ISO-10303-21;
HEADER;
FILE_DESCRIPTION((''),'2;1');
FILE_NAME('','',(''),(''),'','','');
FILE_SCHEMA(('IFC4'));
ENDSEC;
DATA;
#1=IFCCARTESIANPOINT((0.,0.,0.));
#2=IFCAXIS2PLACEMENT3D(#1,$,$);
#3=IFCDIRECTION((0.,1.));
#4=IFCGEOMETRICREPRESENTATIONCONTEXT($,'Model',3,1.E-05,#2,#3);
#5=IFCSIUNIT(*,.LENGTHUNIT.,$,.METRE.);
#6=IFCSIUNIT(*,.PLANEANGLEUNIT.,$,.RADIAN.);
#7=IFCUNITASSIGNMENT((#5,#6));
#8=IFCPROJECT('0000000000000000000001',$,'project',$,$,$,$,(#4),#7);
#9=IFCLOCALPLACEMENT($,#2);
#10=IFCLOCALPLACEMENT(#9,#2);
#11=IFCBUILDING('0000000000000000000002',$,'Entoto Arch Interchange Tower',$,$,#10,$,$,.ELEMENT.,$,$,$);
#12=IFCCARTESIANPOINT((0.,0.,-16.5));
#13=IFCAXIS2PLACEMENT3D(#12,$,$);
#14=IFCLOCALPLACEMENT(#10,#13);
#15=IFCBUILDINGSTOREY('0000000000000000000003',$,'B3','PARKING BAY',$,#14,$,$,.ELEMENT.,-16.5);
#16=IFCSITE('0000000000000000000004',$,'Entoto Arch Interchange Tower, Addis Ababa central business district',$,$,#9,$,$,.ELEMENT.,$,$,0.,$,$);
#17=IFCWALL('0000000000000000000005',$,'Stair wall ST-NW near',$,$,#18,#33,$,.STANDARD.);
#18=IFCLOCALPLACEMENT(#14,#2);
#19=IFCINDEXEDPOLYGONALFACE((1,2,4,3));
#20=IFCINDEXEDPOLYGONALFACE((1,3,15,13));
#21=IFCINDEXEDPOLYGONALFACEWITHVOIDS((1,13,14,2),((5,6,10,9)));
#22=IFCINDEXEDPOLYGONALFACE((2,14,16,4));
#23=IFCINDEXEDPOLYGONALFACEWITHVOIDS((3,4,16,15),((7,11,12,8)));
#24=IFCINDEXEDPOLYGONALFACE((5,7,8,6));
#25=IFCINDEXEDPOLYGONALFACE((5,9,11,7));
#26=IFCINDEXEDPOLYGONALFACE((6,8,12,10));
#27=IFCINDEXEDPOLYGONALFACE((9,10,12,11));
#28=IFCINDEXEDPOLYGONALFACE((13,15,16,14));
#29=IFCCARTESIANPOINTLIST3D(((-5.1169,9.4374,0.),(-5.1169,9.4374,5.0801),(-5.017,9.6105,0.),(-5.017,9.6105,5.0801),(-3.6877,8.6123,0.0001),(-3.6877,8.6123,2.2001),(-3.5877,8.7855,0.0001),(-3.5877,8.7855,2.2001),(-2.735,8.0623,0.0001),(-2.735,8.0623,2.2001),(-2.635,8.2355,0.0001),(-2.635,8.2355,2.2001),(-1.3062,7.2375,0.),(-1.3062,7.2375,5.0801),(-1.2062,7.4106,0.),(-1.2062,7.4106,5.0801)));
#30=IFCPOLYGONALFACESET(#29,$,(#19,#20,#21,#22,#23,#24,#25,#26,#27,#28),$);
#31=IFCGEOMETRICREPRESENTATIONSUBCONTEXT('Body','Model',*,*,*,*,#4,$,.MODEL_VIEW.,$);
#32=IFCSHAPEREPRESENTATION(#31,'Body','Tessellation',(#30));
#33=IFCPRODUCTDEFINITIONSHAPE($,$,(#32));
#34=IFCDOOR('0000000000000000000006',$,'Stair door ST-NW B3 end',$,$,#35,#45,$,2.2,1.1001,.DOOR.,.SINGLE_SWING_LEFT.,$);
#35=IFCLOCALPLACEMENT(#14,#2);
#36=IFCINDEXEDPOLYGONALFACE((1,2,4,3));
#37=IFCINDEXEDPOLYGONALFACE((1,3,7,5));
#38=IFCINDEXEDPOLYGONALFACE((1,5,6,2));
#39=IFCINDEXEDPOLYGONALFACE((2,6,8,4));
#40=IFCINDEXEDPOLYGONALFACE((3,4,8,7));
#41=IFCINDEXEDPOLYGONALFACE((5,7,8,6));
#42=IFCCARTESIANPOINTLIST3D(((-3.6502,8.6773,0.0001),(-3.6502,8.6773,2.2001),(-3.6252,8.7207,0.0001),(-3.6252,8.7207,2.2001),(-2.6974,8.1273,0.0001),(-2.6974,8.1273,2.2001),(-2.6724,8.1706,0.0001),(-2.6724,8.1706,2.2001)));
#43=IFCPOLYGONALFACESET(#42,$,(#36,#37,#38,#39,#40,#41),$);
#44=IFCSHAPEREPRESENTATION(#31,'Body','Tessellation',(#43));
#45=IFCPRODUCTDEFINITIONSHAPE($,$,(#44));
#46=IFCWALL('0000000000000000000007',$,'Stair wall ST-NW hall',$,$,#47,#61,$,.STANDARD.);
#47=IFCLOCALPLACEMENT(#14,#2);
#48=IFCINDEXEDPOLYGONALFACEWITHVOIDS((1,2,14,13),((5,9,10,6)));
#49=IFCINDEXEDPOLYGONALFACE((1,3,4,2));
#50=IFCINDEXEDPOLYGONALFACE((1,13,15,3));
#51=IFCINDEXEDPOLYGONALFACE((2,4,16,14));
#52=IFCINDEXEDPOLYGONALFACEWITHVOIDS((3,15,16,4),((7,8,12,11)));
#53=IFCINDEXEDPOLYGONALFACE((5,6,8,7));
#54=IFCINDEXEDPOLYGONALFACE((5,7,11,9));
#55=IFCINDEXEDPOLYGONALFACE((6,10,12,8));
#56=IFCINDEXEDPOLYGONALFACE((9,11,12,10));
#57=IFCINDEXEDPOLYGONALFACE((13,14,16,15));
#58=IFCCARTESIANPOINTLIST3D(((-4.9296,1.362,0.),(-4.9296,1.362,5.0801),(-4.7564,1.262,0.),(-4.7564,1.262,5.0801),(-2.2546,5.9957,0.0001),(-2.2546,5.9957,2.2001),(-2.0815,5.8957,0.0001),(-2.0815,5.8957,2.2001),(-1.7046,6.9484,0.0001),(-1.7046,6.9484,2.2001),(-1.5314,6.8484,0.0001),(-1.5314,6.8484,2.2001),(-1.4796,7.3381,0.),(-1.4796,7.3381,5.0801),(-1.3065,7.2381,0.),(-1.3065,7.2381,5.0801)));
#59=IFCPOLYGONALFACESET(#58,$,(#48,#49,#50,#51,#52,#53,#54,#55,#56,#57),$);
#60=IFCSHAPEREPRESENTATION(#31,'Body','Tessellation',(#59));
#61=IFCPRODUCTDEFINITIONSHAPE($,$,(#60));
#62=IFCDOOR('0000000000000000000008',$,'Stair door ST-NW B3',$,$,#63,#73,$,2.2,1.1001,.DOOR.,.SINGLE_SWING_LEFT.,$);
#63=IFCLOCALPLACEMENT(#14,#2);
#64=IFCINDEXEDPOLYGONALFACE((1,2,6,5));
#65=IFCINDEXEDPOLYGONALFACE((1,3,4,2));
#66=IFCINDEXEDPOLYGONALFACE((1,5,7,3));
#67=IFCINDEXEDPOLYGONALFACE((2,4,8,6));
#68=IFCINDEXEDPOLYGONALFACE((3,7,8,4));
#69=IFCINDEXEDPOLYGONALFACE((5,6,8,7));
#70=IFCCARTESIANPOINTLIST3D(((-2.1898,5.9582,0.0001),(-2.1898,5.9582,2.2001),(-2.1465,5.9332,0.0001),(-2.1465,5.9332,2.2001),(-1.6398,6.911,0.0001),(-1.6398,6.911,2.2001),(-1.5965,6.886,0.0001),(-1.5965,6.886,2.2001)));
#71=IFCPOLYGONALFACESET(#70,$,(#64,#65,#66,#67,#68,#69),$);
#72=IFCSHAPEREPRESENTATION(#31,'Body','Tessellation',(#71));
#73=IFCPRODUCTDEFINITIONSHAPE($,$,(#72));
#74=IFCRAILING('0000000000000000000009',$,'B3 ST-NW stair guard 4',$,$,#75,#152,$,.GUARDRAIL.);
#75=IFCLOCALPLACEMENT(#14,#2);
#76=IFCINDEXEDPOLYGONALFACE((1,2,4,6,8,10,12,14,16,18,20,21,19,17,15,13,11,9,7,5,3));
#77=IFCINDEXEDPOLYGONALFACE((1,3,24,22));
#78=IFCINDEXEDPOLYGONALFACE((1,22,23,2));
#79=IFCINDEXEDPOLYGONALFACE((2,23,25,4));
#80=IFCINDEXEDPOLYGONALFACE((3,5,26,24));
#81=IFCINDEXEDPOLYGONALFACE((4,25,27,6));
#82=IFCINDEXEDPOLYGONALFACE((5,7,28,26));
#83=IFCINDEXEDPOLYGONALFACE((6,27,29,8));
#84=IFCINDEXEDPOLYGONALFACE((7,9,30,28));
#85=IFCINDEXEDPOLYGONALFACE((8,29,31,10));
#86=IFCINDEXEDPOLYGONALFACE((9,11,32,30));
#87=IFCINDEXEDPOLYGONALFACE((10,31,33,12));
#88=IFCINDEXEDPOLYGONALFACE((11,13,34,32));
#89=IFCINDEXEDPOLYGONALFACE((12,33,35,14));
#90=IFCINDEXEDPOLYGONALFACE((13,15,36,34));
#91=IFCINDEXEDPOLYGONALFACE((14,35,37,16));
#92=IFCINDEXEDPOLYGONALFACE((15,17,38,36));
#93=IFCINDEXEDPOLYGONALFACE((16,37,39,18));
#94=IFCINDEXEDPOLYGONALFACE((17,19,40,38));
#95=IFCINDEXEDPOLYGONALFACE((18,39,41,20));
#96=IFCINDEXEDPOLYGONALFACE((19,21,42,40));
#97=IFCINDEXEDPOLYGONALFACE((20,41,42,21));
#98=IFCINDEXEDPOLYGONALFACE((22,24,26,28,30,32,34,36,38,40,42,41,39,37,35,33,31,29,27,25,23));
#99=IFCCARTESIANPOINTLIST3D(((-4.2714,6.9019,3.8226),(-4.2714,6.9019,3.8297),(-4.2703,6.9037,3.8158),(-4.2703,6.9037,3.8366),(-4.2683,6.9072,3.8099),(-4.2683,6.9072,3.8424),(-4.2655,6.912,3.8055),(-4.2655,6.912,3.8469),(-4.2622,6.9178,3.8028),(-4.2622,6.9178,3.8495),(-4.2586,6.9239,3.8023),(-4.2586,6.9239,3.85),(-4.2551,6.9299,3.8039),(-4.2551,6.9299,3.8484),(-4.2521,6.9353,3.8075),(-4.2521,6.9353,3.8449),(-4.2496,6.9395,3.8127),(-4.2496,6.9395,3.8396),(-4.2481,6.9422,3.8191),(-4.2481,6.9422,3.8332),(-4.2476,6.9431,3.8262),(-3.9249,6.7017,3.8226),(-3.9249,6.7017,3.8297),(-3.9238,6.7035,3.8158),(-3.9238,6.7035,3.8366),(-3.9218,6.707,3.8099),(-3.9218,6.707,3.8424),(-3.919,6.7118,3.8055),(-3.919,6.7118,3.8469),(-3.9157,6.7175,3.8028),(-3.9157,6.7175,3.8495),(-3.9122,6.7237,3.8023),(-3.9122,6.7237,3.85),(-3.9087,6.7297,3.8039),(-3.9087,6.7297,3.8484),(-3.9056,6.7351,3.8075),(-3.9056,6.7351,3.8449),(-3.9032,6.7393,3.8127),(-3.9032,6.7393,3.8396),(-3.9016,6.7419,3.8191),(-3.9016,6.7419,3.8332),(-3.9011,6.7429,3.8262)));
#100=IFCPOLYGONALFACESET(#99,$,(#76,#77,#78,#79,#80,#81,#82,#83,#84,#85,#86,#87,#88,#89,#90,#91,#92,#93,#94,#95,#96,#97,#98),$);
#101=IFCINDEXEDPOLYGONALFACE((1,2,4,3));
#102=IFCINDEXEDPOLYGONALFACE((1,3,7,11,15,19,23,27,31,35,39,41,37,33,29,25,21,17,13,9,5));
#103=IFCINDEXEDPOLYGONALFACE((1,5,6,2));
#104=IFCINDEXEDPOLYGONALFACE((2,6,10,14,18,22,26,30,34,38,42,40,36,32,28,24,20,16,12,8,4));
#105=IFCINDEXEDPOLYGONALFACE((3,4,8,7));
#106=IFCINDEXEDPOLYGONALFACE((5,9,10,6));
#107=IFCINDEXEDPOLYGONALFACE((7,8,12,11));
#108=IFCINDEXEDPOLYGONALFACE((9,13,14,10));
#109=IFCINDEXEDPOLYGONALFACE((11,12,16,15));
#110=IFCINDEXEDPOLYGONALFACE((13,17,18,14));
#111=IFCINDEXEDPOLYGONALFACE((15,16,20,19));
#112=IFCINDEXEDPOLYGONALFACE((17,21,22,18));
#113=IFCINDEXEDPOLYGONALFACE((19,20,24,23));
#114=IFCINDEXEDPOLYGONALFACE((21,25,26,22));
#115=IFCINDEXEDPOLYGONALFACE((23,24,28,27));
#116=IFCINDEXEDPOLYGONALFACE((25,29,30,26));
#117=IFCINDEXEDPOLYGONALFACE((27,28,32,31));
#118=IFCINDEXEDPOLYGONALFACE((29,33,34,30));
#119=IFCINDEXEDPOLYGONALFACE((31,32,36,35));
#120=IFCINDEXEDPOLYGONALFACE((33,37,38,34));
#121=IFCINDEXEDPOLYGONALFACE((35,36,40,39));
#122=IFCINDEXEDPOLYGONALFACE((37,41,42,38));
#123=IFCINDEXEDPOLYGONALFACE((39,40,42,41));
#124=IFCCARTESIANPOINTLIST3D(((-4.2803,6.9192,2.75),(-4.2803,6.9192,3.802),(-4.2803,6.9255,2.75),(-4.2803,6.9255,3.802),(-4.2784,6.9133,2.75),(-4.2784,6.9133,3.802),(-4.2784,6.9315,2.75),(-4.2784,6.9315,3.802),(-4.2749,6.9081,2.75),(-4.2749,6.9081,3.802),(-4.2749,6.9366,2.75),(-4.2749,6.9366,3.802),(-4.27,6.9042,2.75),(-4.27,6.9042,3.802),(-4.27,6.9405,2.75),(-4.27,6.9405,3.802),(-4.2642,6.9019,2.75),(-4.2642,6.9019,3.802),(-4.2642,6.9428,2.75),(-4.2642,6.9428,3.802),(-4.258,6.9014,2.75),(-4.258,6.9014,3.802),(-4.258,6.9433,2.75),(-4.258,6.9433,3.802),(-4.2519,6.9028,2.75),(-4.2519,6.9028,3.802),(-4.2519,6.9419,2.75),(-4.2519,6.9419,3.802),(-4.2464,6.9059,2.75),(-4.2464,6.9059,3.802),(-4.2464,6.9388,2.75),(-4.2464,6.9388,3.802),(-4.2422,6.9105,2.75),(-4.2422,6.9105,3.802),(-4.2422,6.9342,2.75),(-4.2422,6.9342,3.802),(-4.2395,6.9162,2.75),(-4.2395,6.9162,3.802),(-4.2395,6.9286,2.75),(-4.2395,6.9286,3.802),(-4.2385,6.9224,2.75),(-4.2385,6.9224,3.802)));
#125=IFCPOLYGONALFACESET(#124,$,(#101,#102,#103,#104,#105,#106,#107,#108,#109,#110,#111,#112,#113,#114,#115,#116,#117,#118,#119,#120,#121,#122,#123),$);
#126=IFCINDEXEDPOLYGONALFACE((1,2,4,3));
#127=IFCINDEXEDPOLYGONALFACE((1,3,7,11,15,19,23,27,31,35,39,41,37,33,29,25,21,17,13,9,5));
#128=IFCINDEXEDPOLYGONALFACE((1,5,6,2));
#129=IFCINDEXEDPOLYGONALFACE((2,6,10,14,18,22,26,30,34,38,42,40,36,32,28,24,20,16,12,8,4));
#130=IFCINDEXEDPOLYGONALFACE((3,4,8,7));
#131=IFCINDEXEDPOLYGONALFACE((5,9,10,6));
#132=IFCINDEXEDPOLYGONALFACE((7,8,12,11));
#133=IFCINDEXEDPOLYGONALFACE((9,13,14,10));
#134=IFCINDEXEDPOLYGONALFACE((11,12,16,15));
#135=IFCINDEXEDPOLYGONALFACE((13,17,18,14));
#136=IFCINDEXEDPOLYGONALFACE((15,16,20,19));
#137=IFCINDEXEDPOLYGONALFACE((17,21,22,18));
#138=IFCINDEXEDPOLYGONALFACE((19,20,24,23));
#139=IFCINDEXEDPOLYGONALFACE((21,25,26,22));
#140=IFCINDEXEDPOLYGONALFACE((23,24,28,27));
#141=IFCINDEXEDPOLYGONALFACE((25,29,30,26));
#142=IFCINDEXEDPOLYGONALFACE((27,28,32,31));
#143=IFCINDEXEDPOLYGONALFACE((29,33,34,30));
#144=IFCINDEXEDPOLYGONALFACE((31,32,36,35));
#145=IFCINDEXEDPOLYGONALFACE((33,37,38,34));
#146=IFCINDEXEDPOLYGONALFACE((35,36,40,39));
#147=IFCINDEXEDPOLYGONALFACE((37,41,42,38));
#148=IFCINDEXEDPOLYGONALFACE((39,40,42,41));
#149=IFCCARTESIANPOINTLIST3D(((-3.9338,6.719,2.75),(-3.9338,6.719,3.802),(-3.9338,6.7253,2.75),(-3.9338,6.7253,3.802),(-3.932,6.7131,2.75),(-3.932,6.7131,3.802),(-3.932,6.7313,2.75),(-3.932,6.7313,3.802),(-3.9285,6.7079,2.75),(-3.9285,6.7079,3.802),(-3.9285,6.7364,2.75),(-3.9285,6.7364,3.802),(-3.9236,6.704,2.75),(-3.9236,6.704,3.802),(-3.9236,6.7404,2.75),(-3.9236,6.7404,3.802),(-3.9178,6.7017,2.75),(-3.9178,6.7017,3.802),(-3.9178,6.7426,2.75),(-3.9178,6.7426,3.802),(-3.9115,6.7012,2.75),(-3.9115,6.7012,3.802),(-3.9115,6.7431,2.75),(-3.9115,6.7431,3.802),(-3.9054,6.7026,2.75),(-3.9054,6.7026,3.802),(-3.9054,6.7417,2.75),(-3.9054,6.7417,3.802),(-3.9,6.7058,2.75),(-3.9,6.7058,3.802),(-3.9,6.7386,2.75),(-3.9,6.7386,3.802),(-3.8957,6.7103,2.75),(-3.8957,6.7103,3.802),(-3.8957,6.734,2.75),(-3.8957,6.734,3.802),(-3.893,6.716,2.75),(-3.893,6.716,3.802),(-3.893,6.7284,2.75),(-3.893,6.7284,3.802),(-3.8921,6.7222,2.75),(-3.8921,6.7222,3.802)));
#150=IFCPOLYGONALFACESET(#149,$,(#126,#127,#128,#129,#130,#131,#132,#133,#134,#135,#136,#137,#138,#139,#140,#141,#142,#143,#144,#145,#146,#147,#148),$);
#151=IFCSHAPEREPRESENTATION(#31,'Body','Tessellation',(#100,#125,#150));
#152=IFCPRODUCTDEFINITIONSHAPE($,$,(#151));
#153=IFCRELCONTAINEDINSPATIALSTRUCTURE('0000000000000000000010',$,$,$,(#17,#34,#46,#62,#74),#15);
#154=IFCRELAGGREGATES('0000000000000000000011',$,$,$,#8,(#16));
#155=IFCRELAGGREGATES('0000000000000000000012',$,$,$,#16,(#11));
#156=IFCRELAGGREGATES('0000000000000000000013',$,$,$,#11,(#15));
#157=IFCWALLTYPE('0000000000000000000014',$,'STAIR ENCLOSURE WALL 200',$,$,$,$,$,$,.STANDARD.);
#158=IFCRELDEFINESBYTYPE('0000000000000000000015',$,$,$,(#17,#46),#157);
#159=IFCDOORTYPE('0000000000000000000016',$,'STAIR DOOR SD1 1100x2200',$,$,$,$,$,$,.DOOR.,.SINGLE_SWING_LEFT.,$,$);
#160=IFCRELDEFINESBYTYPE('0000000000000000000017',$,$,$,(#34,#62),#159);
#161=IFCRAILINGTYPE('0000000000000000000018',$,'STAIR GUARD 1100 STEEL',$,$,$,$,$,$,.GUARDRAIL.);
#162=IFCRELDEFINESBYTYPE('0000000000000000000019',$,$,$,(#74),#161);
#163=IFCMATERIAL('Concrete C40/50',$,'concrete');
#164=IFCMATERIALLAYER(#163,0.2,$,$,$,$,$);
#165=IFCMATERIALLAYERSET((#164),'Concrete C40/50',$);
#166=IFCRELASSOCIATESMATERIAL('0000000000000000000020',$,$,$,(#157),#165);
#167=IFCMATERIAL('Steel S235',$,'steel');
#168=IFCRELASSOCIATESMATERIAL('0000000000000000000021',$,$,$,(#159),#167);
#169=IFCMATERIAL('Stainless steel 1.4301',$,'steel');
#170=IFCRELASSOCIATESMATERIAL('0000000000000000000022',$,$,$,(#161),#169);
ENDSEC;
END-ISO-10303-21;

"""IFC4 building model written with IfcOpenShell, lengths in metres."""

from ifc_helpers import new_model, si_unit, direction, frame, frame_2d, origin, origin_2d, place, context, subcontext, project, spatial, rectangle, circle, extrude, material, layer, layer_set, type_object, element, fill, save


model = new_model("IFC4")

# Units and contexts
model_context = context("Model", 3, precision=1e-05, world=origin(), true_north=direction((0.0, 1.0)))
body_context = subcontext(model_context, "Body", "Model", "MODEL_VIEW")
ifc_project = project(units=[si_unit("LENGTHUNIT", "METRE"), si_unit("PLANEANGLEUNIT", "RADIAN")], contexts=[model_context])

# Site, building, storey
site_placement = place(None, origin())
site = spatial("IfcSite", under=ifc_project, at=site_placement, Name="Entoto Arch Interchange Tower, Addis Ababa central business district", CompositionType="ELEMENT", RefElevation=0.0)
building_placement = place(site_placement, origin())
building = spatial("IfcBuilding", under=site, at=building_placement, Name="Entoto Arch Interchange Tower", CompositionType="ELEMENT")
storey_placement = place(building_placement, frame((0.0, 0.0, -16.5)))
storey = spatial("IfcBuildingStorey", under=building, at=storey_placement, Name="B3", Description="PARKING BAY", CompositionType="ELEMENT", Elevation=-16.5)

# Walls, openings, doors
ifc_material_1 = material(Name="Concrete C40/50", Category="concrete")
ifc_layer_1 = layer(ifc_material_1, 0.2)
ifc_layer_set_1 = layer_set([ifc_layer_1], Name="Concrete C40/50")
wall_type_1 = type_object("IfcWallType", Name="STAIR ENCLOSURE WALL 200", PredefinedType="STANDARD", material=ifc_layer_set_1)
wall_1_placement = place(storey_placement, frame((-1.2561, 7.324, 0.0), z_axis=(0.0, 0.0, 1.0), x_axis=(-0.866046, 0.499964, 0.0)))
wall_1 = element("IfcWall", 1, at=wall_1_placement, inside=storey, type_object=wall_type_1, Name="Stair wall ST-NW near", PredefinedType="STANDARD", context=body_context, shape_type="SweptSolid", body=[
    extrude(rectangle(XDim=4.4001, YDim=0.2, at=frame_2d((2.2002, 0.0))), origin(), (0.0, 0.0, 1.0), 5.0801),
])
opening_1_placement = place(wall_1_placement, frame((1.6499, 0.0, 0.0)))
opening_1 = element("IfcOpeningElement", 2, at=opening_1_placement, cuts=wall_1, PredefinedType="OPENING", context=body_context, shape_type="SweptSolid", body=[
    extrude(rectangle(XDim=1.1001, YDim=2.2, at=frame_2d((0.55, 1.1001))), frame((0.0, 0.1099, 0.0), z_axis=(0.0, -1.0, 0.0), x_axis=(1.0, 0.0, 0.0)), (0.0, 0.0, 1.0), 0.22),
])
ifc_material_2 = material(Name="Steel S235", Category="steel")
door_type_1 = type_object("IfcDoorType", Name="STAIR DOOR SD1 1100x2200", OperationType="SINGLE_SWING_LEFT", PredefinedType="DOOR", material=ifc_material_2)
door_1_placement = place(opening_1_placement, origin())
door_1 = element("IfcDoor", 3, at=door_1_placement, inside=storey, type_object=door_type_1, Name="Stair door ST-NW B3 end", OperationType="SINGLE_SWING_LEFT", OverallHeight=2.2, OverallWidth=1.1001, PredefinedType="DOOR", context=body_context, shape_type="SweptSolid", body=[
    extrude(rectangle(XDim=1.1001, YDim=2.2, at=frame_2d((0.55, 1.1001))), frame((0.0, 0.0249, 0.0), z_axis=(0.0, -1.0, 0.0), x_axis=(1.0, 0.0, 0.0)), (0.0, 0.0, 1.0), 0.05),
])
fill(opening_1, door_1)
wall_2_placement = place(storey_placement, frame((-1.3931, 7.2881, 0.0), z_axis=(0.0, 0.0, 1.0), x_axis=(-0.499963, -0.866047, 0.0)))
wall_2 = element("IfcWall", 4, at=wall_2_placement, inside=storey, type_object=wall_type_1, Name="Stair wall ST-NW hall", PredefinedType="STANDARD", context=body_context, shape_type="SweptSolid", body=[
    extrude(rectangle(XDim=6.9004, YDim=0.2, at=frame_2d((3.4502, 0.0))), origin(), (0.0, 0.0, 1.0), 5.0801),
])
opening_2_placement = place(wall_2_placement, frame((0.45, 0.0, 0.0)))
opening_2 = element("IfcOpeningElement", 5, at=opening_2_placement, cuts=wall_2, PredefinedType="OPENING", context=body_context, shape_type="SweptSolid", body=[
    extrude(rectangle(XDim=1.1001, YDim=2.2, at=frame_2d((0.55, 1.1001))), frame((0.0, 0.1099, 0.0), z_axis=(0.0, -1.0, 0.0), x_axis=(1.0, 0.0, 0.0)), (0.0, 0.0, 1.0), 0.22),
])
door_2_placement = place(opening_2_placement, origin())
door_2 = element("IfcDoor", 6, at=door_2_placement, inside=storey, type_object=door_type_1, Name="Stair door ST-NW B3", OperationType="SINGLE_SWING_LEFT", OverallHeight=2.2, OverallWidth=1.1001, PredefinedType="DOOR", context=body_context, shape_type="SweptSolid", body=[
    extrude(rectangle(XDim=1.1001, YDim=2.2, at=frame_2d((0.55, 1.1001))), frame((0.0, 0.0249, 0.0), z_axis=(0.0, -1.0, 0.0), x_axis=(1.0, 0.0, 0.0)), (0.0, 0.0, 1.0), 0.05),
])
fill(opening_2, door_2)

# Railing
ifc_material_3 = material(Name="Stainless steel 1.4301", Category="steel")
railing_type_1 = type_object("IfcRailingType", Name="STAIR GUARD 1100 STEEL", PredefinedType="GUARDRAIL", material=ifc_material_3)
for number, where, name in (
    (7, (-4.2595, 6.9224, 2.75), "B3 ST-NW stair guard 4"),
):
    element("IfcRailing", number, at=place(storey_placement, frame(where)), inside=storey, type_object=railing_type_1, Name=name, PredefinedType="GUARDRAIL", context=body_context, shape_type="SweptSolid", body=[
        extrude(circle(Radius=0.0239, at=origin_2d()), frame((0.0, 0.0, 1.0762), z_axis=(0.86583, -0.500339, 0.0), x_axis=(0.500339, 0.86583, 0.0)), (0.0, 0.0, 1.0), 0.4001),
        extrude(circle(Radius=0.021, at=origin_2d()), origin(), (0.0, 0.0, 1.0), 1.052),
        extrude(circle(Radius=0.021, at=origin_2d()), frame((0.3464, -0.2002, 0.0)), (0.0, 0.0, 1.0), 1.052),
    ])

save(model, "model.ifc")
